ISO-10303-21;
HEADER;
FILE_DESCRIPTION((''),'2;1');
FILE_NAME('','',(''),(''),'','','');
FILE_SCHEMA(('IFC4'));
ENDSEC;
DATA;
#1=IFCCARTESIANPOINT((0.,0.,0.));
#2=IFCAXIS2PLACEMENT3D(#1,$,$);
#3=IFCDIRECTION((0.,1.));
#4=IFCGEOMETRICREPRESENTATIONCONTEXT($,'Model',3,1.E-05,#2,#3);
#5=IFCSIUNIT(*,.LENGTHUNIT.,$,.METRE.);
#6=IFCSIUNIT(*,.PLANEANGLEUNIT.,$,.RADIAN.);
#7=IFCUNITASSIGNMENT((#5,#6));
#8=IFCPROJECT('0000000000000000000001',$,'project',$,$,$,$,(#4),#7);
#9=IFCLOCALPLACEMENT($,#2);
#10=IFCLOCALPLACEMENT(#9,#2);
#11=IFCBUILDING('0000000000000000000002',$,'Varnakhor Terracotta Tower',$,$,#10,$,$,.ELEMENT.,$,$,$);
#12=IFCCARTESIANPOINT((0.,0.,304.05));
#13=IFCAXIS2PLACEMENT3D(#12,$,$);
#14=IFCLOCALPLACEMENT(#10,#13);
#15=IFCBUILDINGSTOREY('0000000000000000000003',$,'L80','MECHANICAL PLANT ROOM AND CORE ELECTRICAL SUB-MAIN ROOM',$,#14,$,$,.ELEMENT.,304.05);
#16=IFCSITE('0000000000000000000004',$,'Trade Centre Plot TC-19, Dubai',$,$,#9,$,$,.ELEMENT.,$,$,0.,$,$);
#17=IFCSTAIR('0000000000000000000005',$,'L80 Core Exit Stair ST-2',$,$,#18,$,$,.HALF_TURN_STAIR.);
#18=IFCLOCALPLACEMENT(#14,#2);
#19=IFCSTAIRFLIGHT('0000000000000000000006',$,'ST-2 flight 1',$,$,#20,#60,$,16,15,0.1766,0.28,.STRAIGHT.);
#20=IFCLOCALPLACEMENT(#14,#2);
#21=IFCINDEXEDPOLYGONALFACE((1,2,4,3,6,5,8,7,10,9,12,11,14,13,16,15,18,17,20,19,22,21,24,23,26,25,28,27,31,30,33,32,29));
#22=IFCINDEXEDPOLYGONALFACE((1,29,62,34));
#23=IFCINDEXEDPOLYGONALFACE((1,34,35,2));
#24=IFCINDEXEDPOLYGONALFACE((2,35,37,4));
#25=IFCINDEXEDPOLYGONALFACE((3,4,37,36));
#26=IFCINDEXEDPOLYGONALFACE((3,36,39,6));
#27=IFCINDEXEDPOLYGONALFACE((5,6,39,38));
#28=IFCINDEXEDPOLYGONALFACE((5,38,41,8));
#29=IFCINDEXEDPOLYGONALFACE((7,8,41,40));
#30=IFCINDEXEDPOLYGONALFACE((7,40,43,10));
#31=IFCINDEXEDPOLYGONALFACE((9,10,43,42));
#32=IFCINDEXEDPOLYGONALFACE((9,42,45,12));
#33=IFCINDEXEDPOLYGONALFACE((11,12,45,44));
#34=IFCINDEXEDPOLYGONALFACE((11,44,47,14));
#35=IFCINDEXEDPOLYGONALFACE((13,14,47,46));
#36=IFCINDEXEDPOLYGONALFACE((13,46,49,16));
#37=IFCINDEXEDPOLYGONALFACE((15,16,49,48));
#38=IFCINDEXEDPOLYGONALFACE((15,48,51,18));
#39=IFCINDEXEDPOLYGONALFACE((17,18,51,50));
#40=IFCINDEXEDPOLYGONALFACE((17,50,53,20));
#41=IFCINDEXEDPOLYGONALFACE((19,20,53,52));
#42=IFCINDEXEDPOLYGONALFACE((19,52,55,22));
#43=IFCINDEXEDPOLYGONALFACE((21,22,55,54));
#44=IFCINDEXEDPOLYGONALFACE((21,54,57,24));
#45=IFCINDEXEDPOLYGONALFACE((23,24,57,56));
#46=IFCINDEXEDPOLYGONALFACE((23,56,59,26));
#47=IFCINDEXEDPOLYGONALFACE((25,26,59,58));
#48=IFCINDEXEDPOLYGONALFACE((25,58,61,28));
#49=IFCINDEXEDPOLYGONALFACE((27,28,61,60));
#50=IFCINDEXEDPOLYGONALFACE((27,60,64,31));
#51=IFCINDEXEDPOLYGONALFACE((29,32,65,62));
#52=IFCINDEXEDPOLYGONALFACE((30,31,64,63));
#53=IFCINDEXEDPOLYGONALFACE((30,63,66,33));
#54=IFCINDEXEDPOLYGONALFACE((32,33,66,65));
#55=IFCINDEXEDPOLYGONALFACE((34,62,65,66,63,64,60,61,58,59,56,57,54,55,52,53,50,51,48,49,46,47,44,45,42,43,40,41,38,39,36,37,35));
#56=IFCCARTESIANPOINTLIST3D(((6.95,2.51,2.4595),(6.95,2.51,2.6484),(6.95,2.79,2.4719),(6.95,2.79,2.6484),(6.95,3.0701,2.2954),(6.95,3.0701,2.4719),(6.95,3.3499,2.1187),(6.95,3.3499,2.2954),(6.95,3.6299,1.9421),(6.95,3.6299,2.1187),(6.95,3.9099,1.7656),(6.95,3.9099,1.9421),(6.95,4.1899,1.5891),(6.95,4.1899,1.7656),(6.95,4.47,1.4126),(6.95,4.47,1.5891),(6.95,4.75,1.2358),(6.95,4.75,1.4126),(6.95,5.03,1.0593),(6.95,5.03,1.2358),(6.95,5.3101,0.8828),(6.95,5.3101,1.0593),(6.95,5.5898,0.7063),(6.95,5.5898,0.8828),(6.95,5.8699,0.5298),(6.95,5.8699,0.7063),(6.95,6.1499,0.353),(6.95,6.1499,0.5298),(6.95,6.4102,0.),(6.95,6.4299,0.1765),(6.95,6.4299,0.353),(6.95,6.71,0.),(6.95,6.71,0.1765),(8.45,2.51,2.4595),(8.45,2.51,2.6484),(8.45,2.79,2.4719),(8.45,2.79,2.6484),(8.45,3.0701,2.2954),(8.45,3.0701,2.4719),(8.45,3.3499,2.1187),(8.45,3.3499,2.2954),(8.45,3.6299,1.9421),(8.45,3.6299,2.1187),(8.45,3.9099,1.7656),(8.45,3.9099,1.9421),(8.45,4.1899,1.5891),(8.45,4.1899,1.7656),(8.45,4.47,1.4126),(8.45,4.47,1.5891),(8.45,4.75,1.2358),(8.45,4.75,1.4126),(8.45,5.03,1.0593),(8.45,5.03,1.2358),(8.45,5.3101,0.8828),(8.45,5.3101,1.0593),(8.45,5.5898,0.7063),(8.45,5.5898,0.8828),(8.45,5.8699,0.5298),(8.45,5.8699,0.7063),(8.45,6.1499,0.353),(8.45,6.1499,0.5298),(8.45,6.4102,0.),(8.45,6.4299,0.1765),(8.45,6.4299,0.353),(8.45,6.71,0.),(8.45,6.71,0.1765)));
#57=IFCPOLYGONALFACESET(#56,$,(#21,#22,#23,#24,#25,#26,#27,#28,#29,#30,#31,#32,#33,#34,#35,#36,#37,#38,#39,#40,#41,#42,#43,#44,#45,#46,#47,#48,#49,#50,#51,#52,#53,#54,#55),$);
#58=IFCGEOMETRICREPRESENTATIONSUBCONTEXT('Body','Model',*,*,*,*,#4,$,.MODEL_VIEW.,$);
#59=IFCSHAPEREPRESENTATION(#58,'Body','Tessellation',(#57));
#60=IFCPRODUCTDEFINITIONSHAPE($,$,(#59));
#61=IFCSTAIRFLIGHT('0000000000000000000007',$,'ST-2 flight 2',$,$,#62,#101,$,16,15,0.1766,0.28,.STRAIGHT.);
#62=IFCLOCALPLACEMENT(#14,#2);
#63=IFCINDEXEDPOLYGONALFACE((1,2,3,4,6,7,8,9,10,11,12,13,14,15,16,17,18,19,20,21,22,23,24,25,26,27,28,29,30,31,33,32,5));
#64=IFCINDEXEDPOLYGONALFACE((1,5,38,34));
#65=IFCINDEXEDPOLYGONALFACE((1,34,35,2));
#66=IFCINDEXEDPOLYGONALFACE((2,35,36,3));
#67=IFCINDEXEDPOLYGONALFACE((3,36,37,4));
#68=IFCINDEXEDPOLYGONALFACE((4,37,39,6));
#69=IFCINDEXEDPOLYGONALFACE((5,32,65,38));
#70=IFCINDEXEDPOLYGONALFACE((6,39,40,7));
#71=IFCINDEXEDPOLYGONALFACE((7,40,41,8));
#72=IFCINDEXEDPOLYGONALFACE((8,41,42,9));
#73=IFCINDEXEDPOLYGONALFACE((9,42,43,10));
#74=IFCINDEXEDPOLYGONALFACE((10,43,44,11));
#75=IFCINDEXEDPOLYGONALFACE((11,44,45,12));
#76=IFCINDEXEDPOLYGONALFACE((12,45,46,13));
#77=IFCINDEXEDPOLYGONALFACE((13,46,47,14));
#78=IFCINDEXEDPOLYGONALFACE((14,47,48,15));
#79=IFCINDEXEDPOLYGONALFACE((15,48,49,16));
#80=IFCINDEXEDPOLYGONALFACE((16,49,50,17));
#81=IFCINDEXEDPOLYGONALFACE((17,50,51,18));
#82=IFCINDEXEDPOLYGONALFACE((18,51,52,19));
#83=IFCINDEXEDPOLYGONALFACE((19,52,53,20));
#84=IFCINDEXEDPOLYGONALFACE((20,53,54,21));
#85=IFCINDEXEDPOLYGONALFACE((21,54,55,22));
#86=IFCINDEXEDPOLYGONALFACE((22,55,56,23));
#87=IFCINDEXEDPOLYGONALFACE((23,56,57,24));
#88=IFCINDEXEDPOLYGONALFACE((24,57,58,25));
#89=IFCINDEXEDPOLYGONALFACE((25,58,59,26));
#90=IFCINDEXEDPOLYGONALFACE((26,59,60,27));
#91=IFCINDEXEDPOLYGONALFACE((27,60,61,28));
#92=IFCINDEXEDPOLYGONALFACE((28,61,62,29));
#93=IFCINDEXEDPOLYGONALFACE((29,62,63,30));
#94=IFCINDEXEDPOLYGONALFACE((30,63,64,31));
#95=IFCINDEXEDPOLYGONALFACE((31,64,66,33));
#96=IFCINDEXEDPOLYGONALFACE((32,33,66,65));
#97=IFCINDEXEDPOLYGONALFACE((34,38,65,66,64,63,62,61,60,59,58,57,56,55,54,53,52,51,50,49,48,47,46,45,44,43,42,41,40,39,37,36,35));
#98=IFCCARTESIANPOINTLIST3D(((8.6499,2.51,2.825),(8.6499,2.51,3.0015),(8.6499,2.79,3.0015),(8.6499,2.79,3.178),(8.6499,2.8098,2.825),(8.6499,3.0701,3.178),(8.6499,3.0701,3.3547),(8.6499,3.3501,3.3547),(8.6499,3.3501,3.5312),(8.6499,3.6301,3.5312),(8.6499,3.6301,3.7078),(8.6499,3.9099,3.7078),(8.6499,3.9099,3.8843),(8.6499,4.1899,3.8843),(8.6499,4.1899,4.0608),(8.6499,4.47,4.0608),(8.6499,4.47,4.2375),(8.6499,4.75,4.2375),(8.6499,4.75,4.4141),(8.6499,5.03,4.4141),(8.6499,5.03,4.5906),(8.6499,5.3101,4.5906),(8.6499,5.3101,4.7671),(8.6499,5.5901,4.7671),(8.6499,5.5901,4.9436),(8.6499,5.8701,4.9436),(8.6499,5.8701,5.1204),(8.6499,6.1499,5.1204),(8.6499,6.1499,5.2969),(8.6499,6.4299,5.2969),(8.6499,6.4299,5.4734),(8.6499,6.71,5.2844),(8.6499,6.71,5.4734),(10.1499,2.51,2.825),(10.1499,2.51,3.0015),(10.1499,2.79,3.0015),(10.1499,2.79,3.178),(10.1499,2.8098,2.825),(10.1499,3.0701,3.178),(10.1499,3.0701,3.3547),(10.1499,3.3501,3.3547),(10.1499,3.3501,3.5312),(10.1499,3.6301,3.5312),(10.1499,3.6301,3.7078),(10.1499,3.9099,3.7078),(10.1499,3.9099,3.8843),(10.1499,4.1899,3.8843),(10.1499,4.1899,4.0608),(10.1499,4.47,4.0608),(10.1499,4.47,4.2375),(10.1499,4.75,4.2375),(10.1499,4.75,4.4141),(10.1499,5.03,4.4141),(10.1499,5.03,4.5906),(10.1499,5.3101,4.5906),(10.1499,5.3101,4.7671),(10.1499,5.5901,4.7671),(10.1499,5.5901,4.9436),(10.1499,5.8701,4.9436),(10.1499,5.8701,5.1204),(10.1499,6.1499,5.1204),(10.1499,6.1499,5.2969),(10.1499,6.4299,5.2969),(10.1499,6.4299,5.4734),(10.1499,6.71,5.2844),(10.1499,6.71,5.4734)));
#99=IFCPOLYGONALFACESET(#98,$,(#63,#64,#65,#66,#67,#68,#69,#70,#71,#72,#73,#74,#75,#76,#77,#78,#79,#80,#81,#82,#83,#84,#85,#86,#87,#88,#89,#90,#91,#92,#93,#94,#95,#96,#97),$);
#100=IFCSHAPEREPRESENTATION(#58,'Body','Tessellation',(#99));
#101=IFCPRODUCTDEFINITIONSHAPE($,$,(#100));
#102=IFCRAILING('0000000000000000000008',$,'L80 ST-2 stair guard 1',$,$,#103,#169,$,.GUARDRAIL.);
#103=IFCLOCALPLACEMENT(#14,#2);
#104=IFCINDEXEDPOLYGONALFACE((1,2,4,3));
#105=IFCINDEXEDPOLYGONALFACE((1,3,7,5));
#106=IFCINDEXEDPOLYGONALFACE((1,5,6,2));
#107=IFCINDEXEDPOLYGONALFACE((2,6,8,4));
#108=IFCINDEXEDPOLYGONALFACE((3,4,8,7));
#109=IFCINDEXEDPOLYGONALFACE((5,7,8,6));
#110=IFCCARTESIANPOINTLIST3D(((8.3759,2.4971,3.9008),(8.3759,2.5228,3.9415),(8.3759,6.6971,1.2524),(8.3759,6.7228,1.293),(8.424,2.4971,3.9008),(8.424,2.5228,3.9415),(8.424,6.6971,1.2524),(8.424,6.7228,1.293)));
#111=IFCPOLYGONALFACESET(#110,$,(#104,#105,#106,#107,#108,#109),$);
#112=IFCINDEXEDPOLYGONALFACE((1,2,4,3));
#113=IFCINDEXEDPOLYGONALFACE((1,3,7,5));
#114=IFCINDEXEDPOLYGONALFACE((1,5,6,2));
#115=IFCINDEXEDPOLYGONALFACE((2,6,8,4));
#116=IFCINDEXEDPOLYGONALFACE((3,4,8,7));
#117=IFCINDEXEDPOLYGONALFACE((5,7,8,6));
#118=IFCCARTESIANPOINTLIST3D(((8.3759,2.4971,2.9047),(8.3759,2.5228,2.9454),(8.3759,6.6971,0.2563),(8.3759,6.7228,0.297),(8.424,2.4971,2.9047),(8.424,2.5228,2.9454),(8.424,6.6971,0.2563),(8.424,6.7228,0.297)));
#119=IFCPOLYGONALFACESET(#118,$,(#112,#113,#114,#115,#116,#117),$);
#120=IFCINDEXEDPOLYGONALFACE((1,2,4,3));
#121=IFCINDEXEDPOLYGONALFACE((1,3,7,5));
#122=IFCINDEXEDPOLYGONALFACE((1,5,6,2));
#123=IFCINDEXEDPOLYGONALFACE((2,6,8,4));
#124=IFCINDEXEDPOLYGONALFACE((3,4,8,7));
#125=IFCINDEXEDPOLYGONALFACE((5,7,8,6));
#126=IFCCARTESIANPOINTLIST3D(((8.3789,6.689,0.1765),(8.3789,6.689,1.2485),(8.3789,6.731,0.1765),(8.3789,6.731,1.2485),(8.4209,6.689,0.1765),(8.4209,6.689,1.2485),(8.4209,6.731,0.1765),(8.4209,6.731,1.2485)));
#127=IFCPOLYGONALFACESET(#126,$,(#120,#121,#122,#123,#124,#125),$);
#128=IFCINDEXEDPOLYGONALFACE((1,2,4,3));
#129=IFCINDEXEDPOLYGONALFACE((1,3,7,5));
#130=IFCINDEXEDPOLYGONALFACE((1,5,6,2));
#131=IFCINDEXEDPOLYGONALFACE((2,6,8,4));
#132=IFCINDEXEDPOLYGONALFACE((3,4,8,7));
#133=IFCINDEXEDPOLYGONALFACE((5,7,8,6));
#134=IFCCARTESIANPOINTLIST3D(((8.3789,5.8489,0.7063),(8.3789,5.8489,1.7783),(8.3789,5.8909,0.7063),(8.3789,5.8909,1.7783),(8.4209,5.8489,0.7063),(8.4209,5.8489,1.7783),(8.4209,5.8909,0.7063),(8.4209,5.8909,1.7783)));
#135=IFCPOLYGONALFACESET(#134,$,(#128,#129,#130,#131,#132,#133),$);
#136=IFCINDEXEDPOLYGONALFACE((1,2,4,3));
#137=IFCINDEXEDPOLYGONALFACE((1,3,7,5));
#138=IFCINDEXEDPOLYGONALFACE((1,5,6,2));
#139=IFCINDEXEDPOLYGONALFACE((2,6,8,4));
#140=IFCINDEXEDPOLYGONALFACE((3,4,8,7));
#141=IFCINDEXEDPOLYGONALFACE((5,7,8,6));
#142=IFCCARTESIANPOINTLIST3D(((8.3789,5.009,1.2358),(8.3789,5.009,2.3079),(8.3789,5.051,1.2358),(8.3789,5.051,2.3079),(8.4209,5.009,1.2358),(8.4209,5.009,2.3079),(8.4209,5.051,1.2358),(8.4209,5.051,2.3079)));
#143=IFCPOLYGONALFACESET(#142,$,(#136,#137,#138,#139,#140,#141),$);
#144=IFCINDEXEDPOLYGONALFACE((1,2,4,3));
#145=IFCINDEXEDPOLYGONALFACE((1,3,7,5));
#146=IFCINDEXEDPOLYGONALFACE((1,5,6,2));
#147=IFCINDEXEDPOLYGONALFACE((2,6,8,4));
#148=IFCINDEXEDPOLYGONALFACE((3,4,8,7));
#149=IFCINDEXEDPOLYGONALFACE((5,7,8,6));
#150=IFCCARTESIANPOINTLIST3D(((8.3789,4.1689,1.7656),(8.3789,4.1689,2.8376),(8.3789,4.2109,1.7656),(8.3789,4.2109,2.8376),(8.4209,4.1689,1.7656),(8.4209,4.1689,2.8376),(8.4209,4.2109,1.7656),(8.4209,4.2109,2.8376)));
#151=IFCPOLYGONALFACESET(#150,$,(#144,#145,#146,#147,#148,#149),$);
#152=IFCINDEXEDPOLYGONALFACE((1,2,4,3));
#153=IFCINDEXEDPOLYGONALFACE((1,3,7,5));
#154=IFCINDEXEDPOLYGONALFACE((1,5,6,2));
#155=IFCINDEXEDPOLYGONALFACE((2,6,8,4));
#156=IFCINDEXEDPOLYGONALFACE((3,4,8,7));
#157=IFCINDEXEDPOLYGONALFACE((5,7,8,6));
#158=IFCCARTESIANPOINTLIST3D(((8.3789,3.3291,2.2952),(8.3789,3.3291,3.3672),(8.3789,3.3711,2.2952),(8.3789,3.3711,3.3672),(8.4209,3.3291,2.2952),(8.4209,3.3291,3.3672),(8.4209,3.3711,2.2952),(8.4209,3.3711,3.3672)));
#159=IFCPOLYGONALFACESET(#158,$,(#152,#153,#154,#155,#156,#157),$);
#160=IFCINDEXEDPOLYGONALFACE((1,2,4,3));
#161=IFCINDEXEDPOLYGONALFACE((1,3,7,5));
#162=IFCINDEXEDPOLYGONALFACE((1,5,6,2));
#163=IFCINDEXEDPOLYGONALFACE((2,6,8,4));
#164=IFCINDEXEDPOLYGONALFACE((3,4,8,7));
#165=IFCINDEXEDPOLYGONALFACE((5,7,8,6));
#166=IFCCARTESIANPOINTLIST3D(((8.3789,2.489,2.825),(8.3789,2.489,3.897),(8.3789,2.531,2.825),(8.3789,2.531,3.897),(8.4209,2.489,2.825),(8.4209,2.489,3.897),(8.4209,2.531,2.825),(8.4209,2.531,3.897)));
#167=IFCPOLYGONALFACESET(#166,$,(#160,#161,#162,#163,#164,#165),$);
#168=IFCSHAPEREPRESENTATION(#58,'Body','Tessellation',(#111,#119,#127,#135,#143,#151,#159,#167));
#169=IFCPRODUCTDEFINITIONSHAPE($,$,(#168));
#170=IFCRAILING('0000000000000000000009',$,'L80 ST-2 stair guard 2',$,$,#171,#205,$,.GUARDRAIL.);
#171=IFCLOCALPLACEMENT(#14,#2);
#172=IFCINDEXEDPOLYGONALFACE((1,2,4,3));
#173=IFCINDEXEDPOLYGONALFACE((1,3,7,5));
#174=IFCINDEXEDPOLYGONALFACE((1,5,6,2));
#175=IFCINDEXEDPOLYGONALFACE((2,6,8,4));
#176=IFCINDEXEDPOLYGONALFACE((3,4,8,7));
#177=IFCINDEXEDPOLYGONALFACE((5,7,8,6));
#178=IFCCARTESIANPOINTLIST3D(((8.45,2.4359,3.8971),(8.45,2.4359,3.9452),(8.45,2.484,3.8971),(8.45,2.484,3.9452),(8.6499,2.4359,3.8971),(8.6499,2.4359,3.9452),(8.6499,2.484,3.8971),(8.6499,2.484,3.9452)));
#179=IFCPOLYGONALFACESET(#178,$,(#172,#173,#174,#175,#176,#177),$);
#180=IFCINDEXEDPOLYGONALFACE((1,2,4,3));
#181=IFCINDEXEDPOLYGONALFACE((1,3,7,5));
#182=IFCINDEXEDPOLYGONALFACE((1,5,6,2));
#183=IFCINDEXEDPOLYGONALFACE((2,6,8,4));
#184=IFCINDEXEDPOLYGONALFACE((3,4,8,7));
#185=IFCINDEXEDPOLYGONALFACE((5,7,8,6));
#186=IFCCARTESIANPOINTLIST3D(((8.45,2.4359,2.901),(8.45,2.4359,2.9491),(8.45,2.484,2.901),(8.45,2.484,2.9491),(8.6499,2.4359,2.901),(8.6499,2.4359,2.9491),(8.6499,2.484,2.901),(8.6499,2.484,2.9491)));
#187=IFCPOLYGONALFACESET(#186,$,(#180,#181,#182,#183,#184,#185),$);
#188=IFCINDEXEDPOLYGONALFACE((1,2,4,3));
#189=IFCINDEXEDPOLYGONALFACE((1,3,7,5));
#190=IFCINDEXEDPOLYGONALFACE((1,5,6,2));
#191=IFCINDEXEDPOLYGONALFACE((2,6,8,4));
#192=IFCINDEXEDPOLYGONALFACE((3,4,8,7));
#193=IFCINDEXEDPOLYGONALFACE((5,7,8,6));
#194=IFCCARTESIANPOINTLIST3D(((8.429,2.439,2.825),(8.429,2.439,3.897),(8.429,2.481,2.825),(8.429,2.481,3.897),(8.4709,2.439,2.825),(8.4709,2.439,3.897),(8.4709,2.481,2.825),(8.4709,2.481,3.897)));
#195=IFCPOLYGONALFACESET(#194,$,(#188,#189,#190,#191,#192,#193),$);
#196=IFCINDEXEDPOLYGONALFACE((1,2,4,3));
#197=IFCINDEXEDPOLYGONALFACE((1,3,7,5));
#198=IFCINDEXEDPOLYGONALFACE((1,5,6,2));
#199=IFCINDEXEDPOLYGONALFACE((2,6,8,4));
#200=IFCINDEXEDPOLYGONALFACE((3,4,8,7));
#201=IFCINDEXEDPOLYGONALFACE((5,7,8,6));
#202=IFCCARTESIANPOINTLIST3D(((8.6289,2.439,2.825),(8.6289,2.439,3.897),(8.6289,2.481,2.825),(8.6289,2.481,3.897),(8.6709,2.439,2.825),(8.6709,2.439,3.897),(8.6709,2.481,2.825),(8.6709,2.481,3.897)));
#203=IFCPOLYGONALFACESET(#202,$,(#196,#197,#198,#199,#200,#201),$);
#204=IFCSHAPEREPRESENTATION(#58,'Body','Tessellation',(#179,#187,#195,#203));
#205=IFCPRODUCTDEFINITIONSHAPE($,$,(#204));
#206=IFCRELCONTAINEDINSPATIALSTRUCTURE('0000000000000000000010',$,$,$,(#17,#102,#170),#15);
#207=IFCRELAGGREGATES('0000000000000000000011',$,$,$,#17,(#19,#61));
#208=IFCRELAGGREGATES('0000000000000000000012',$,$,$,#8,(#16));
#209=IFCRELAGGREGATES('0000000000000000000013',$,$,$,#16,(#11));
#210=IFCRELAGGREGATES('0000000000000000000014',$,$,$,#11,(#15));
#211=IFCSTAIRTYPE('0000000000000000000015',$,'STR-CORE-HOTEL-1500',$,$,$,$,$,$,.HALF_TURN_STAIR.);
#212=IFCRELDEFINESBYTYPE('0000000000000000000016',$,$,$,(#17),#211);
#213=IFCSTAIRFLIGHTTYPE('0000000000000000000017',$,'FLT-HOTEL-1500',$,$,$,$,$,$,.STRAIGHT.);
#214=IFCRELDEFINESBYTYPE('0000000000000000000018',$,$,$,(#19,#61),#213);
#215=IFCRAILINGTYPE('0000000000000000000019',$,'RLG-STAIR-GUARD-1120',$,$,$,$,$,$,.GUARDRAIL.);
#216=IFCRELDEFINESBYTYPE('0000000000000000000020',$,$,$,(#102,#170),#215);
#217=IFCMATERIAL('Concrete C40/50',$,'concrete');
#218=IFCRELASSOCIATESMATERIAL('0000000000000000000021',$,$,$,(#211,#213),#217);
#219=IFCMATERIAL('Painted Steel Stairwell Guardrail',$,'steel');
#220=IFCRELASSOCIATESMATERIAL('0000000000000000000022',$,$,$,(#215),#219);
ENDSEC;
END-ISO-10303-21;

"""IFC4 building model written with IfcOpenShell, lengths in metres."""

from ifc_helpers import new_model, si_unit, direction, frame, origin, origin_2d, place, context, subcontext, project, spatial, polyline, rectangle, outline, extrude, material, type_object, element, aggregate, save


model = new_model("IFC4")

# Units and contexts
model_context = context("Model", 3, precision=1e-05, world=origin(), true_north=direction((0.0, 1.0)))
body_context = subcontext(model_context, "Body", "Model", "MODEL_VIEW")
ifc_project = project(units=[si_unit("LENGTHUNIT", "METRE"), si_unit("PLANEANGLEUNIT", "RADIAN")], contexts=[model_context])

# Site, building, storey
site_placement = place(None, origin())
site = spatial("IfcSite", under=ifc_project, at=site_placement, Name="Trade Centre Plot TC-19, Dubai", CompositionType="ELEMENT", RefElevation=0.0)
building_placement = place(site_placement, origin())
building = spatial("IfcBuilding", under=site, at=building_placement, Name="Varnakhor Terracotta Tower", CompositionType="ELEMENT")
storey_placement = place(building_placement, frame((0.0, 0.0, 304.05)))
storey = spatial("IfcBuildingStorey", under=building, at=storey_placement, Name="L80", Description="MECHANICAL PLANT ROOM AND CORE ELECTRICAL SUB-MAIN ROOM", CompositionType="ELEMENT", Elevation=304.05)

# Stair, stair flights
ifc_material_1 = material(Name="Concrete C40/50", Category="concrete")
stair_type = type_object("IfcStairType", Name="STR-CORE-HOTEL-1500", PredefinedType="HALF_TURN_STAIR", material=ifc_material_1)
stair_placement = place(storey_placement, origin())
stair = element("IfcStair", 1, at=stair_placement, inside=storey, type_object=stair_type, Name="L80 Core Exit Stair ST-2", PredefinedType="HALF_TURN_STAIR")
stair_flight_type = type_object("IfcStairFlightType", Name="FLT-HOTEL-1500", PredefinedType="STRAIGHT", material=ifc_material_1)
stair_flight_1_placement = place(storey_placement, frame((7.7, 6.71, 0.0), z_axis=(0.0, 0.0, 1.0), x_axis=(0.0, -1.0, 0.0)))
stair_flight_1 = element("IfcStairFlight", 2, at=stair_flight_1_placement, type_object=stair_flight_type, Name="ST-2 flight 1", NumberOfRisers=16, NumberOfTreads=15, PredefinedType="STRAIGHT", RiserHeight=0.1766, TreadLength=0.28, context=body_context, shape_type="SweptSolid", body=[
    extrude(outline(polyline([(0.0, 0.0), (0.0, 0.1765), (0.28, 0.1765), (0.28, 0.353), (0.5601, 0.353), (0.5601, 0.5298), (0.8401, 0.5298), (0.8401, 0.7063), (1.1201, 0.7063), (1.1201, 0.8828), (1.3999, 0.8828), (1.3999, 1.0593), (1.6799, 1.0593), (1.6799, 1.2358), (1.96, 1.2358), (1.96, 1.4126), (2.24, 1.4126), (2.24, 1.5891), (2.52, 1.5891), (2.52, 1.7656), (2.8, 1.7656), (2.8, 1.9421), (3.0801, 1.9421), (3.0801, 2.1187), (3.3601, 2.1187), (3.3601, 2.2954), (3.6399, 2.2954), (3.6399, 2.4719), (3.9199, 2.4719), (3.9199, 2.6484), (4.2, 2.6484), (4.2, 2.825), (4.2, 2.4595), (0.2998, 0.0), (0.0, 0.0)])), frame((0.0, 0.75, 0.0), z_axis=(0.0, -1.0, 0.0), x_axis=(1.0, 0.0, 0.0)), (0.0, 0.0, 1.0), 1.5),
])
stair_flight_2_placement = place(storey_placement, frame((9.3999, 2.51, 2.825), z_axis=(0.0, 0.0, 1.0), x_axis=(0.0, 1.0, 0.0)))
stair_flight_2 = element("IfcStairFlight", 3, at=stair_flight_2_placement, type_object=stair_flight_type, Name="ST-2 flight 2", NumberOfRisers=16, NumberOfTreads=15, PredefinedType="STRAIGHT", RiserHeight=0.1766, TreadLength=0.28, context=body_context, shape_type="SweptSolid", body=[
    extrude(outline(polyline([(0.0, 0.0), (0.0, 0.1765), (0.28, 0.1765), (0.28, 0.353), (0.5601, 0.353), (0.5601, 0.5298), (0.8401, 0.5298), (0.8401, 0.7063), (1.1201, 0.7063), (1.1201, 0.8828), (1.3999, 0.8828), (1.3999, 1.0593), (1.6799, 1.0593), (1.6799, 1.2358), (1.96, 1.2358), (1.96, 1.4126), (2.24, 1.4126), (2.24, 1.5891), (2.52, 1.5891), (2.52, 1.7656), (2.8, 1.7656), (2.8, 1.9421), (3.0801, 1.9421), (3.0801, 2.1187), (3.3601, 2.1187), (3.3601, 2.2954), (3.6399, 2.2954), (3.6399, 2.4719), (3.9199, 2.4719), (3.9199, 2.6484), (4.2, 2.6484), (4.2, 2.825), (4.2, 2.4595), (0.2998, 0.0), (0.0, 0.0)])), frame((0.0, 0.75, 0.0), z_axis=(0.0, -1.0, 0.0), x_axis=(1.0, 0.0, 0.0)), (0.0, 0.0, 1.0), 1.5),
])
aggregate(stair, [stair_flight_1, stair_flight_2])

# Railings
ifc_material_2 = material(Name="Painted Steel Stairwell Guardrail", Category="steel")
railing_type_1 = type_object("IfcRailingType", Name="RLG-STAIR-GUARD-1120", PredefinedType="GUARDRAIL", material=ifc_material_2)
railing_1_placement = place(storey_placement, frame((8.3999, 6.71, 0.1765)))
element("IfcRailing", 4, at=railing_1_placement, inside=storey, type_object=railing_type_1, Name="L80 ST-2 stair guard 1", PredefinedType="GUARDRAIL", context=body_context, shape_type="SweptSolid", body=[
    extrude(rectangle(XDim=0.0481, YDim=0.0481, at=origin_2d()), frame((0.0, 0.0, 1.0962), z_axis=(0.0, -0.845867, 0.533393), x_axis=(1.0, 0.0, 0.0)), (0.0, 0.0, 1.0), 4.9653),
    extrude(rectangle(XDim=0.0481, YDim=0.0481, at=origin_2d()), frame((0.0, 0.0, 0.1001), z_axis=(0.0, -0.845867, 0.533393), x_axis=(1.0, 0.0, 0.0)), (0.0, 0.0, 1.0), 4.9653),
    extrude(rectangle(XDim=0.042, YDim=0.042, at=origin_2d()), origin(), (0.0, 0.0, 1.0), 1.072),
    extrude(rectangle(XDim=0.042, YDim=0.042, at=origin_2d()), frame((0.0, -0.8401, 0.5298)), (0.0, 0.0, 1.0), 1.072),
    extrude(rectangle(XDim=0.042, YDim=0.042, at=origin_2d()), frame((0.0, -1.6799, 1.0593)), (0.0, 0.0, 1.0), 1.072),
    extrude(rectangle(XDim=0.042, YDim=0.042, at=origin_2d()), frame((0.0, -2.52, 1.5891)), (0.0, 0.0, 1.0), 1.072),
    extrude(rectangle(XDim=0.042, YDim=0.042, at=origin_2d()), frame((0.0, -3.3599, 2.1187)), (0.0, 0.0, 1.0), 1.072),
    extrude(rectangle(XDim=0.042, YDim=0.042, at=origin_2d()), frame((0.0, -4.2, 2.6484)), (0.0, 0.0, 1.0), 1.072),
])
railing_2_placement = place(storey_placement, frame((8.45, 2.46, 2.825)))
element("IfcRailing", 5, at=railing_2_placement, inside=storey, type_object=railing_type_1, Name="L80 ST-2 stair guard 2", PredefinedType="GUARDRAIL", context=body_context, shape_type="SweptSolid", body=[
    extrude(rectangle(XDim=0.0481, YDim=0.0481, at=origin_2d()), frame((0.0, 0.0, 1.0962), z_axis=(1.0, 0.0, 0.0), x_axis=(0.0, 1.0, 0.0)), (0.0, 0.0, 1.0), 0.2),
    extrude(rectangle(XDim=0.0481, YDim=0.0481, at=origin_2d()), frame((0.0, 0.0, 0.1001), z_axis=(1.0, 0.0, 0.0), x_axis=(0.0, 1.0, 0.0)), (0.0, 0.0, 1.0), 0.2),
    extrude(rectangle(XDim=0.042, YDim=0.042, at=origin_2d()), origin(), (0.0, 0.0, 1.0), 1.072),
    extrude(rectangle(XDim=0.042, YDim=0.042, at=origin_2d()), frame((0.2, 0.0, 0.0)), (0.0, 0.0, 1.0), 1.072),
])

save(model, "model.ifc")
